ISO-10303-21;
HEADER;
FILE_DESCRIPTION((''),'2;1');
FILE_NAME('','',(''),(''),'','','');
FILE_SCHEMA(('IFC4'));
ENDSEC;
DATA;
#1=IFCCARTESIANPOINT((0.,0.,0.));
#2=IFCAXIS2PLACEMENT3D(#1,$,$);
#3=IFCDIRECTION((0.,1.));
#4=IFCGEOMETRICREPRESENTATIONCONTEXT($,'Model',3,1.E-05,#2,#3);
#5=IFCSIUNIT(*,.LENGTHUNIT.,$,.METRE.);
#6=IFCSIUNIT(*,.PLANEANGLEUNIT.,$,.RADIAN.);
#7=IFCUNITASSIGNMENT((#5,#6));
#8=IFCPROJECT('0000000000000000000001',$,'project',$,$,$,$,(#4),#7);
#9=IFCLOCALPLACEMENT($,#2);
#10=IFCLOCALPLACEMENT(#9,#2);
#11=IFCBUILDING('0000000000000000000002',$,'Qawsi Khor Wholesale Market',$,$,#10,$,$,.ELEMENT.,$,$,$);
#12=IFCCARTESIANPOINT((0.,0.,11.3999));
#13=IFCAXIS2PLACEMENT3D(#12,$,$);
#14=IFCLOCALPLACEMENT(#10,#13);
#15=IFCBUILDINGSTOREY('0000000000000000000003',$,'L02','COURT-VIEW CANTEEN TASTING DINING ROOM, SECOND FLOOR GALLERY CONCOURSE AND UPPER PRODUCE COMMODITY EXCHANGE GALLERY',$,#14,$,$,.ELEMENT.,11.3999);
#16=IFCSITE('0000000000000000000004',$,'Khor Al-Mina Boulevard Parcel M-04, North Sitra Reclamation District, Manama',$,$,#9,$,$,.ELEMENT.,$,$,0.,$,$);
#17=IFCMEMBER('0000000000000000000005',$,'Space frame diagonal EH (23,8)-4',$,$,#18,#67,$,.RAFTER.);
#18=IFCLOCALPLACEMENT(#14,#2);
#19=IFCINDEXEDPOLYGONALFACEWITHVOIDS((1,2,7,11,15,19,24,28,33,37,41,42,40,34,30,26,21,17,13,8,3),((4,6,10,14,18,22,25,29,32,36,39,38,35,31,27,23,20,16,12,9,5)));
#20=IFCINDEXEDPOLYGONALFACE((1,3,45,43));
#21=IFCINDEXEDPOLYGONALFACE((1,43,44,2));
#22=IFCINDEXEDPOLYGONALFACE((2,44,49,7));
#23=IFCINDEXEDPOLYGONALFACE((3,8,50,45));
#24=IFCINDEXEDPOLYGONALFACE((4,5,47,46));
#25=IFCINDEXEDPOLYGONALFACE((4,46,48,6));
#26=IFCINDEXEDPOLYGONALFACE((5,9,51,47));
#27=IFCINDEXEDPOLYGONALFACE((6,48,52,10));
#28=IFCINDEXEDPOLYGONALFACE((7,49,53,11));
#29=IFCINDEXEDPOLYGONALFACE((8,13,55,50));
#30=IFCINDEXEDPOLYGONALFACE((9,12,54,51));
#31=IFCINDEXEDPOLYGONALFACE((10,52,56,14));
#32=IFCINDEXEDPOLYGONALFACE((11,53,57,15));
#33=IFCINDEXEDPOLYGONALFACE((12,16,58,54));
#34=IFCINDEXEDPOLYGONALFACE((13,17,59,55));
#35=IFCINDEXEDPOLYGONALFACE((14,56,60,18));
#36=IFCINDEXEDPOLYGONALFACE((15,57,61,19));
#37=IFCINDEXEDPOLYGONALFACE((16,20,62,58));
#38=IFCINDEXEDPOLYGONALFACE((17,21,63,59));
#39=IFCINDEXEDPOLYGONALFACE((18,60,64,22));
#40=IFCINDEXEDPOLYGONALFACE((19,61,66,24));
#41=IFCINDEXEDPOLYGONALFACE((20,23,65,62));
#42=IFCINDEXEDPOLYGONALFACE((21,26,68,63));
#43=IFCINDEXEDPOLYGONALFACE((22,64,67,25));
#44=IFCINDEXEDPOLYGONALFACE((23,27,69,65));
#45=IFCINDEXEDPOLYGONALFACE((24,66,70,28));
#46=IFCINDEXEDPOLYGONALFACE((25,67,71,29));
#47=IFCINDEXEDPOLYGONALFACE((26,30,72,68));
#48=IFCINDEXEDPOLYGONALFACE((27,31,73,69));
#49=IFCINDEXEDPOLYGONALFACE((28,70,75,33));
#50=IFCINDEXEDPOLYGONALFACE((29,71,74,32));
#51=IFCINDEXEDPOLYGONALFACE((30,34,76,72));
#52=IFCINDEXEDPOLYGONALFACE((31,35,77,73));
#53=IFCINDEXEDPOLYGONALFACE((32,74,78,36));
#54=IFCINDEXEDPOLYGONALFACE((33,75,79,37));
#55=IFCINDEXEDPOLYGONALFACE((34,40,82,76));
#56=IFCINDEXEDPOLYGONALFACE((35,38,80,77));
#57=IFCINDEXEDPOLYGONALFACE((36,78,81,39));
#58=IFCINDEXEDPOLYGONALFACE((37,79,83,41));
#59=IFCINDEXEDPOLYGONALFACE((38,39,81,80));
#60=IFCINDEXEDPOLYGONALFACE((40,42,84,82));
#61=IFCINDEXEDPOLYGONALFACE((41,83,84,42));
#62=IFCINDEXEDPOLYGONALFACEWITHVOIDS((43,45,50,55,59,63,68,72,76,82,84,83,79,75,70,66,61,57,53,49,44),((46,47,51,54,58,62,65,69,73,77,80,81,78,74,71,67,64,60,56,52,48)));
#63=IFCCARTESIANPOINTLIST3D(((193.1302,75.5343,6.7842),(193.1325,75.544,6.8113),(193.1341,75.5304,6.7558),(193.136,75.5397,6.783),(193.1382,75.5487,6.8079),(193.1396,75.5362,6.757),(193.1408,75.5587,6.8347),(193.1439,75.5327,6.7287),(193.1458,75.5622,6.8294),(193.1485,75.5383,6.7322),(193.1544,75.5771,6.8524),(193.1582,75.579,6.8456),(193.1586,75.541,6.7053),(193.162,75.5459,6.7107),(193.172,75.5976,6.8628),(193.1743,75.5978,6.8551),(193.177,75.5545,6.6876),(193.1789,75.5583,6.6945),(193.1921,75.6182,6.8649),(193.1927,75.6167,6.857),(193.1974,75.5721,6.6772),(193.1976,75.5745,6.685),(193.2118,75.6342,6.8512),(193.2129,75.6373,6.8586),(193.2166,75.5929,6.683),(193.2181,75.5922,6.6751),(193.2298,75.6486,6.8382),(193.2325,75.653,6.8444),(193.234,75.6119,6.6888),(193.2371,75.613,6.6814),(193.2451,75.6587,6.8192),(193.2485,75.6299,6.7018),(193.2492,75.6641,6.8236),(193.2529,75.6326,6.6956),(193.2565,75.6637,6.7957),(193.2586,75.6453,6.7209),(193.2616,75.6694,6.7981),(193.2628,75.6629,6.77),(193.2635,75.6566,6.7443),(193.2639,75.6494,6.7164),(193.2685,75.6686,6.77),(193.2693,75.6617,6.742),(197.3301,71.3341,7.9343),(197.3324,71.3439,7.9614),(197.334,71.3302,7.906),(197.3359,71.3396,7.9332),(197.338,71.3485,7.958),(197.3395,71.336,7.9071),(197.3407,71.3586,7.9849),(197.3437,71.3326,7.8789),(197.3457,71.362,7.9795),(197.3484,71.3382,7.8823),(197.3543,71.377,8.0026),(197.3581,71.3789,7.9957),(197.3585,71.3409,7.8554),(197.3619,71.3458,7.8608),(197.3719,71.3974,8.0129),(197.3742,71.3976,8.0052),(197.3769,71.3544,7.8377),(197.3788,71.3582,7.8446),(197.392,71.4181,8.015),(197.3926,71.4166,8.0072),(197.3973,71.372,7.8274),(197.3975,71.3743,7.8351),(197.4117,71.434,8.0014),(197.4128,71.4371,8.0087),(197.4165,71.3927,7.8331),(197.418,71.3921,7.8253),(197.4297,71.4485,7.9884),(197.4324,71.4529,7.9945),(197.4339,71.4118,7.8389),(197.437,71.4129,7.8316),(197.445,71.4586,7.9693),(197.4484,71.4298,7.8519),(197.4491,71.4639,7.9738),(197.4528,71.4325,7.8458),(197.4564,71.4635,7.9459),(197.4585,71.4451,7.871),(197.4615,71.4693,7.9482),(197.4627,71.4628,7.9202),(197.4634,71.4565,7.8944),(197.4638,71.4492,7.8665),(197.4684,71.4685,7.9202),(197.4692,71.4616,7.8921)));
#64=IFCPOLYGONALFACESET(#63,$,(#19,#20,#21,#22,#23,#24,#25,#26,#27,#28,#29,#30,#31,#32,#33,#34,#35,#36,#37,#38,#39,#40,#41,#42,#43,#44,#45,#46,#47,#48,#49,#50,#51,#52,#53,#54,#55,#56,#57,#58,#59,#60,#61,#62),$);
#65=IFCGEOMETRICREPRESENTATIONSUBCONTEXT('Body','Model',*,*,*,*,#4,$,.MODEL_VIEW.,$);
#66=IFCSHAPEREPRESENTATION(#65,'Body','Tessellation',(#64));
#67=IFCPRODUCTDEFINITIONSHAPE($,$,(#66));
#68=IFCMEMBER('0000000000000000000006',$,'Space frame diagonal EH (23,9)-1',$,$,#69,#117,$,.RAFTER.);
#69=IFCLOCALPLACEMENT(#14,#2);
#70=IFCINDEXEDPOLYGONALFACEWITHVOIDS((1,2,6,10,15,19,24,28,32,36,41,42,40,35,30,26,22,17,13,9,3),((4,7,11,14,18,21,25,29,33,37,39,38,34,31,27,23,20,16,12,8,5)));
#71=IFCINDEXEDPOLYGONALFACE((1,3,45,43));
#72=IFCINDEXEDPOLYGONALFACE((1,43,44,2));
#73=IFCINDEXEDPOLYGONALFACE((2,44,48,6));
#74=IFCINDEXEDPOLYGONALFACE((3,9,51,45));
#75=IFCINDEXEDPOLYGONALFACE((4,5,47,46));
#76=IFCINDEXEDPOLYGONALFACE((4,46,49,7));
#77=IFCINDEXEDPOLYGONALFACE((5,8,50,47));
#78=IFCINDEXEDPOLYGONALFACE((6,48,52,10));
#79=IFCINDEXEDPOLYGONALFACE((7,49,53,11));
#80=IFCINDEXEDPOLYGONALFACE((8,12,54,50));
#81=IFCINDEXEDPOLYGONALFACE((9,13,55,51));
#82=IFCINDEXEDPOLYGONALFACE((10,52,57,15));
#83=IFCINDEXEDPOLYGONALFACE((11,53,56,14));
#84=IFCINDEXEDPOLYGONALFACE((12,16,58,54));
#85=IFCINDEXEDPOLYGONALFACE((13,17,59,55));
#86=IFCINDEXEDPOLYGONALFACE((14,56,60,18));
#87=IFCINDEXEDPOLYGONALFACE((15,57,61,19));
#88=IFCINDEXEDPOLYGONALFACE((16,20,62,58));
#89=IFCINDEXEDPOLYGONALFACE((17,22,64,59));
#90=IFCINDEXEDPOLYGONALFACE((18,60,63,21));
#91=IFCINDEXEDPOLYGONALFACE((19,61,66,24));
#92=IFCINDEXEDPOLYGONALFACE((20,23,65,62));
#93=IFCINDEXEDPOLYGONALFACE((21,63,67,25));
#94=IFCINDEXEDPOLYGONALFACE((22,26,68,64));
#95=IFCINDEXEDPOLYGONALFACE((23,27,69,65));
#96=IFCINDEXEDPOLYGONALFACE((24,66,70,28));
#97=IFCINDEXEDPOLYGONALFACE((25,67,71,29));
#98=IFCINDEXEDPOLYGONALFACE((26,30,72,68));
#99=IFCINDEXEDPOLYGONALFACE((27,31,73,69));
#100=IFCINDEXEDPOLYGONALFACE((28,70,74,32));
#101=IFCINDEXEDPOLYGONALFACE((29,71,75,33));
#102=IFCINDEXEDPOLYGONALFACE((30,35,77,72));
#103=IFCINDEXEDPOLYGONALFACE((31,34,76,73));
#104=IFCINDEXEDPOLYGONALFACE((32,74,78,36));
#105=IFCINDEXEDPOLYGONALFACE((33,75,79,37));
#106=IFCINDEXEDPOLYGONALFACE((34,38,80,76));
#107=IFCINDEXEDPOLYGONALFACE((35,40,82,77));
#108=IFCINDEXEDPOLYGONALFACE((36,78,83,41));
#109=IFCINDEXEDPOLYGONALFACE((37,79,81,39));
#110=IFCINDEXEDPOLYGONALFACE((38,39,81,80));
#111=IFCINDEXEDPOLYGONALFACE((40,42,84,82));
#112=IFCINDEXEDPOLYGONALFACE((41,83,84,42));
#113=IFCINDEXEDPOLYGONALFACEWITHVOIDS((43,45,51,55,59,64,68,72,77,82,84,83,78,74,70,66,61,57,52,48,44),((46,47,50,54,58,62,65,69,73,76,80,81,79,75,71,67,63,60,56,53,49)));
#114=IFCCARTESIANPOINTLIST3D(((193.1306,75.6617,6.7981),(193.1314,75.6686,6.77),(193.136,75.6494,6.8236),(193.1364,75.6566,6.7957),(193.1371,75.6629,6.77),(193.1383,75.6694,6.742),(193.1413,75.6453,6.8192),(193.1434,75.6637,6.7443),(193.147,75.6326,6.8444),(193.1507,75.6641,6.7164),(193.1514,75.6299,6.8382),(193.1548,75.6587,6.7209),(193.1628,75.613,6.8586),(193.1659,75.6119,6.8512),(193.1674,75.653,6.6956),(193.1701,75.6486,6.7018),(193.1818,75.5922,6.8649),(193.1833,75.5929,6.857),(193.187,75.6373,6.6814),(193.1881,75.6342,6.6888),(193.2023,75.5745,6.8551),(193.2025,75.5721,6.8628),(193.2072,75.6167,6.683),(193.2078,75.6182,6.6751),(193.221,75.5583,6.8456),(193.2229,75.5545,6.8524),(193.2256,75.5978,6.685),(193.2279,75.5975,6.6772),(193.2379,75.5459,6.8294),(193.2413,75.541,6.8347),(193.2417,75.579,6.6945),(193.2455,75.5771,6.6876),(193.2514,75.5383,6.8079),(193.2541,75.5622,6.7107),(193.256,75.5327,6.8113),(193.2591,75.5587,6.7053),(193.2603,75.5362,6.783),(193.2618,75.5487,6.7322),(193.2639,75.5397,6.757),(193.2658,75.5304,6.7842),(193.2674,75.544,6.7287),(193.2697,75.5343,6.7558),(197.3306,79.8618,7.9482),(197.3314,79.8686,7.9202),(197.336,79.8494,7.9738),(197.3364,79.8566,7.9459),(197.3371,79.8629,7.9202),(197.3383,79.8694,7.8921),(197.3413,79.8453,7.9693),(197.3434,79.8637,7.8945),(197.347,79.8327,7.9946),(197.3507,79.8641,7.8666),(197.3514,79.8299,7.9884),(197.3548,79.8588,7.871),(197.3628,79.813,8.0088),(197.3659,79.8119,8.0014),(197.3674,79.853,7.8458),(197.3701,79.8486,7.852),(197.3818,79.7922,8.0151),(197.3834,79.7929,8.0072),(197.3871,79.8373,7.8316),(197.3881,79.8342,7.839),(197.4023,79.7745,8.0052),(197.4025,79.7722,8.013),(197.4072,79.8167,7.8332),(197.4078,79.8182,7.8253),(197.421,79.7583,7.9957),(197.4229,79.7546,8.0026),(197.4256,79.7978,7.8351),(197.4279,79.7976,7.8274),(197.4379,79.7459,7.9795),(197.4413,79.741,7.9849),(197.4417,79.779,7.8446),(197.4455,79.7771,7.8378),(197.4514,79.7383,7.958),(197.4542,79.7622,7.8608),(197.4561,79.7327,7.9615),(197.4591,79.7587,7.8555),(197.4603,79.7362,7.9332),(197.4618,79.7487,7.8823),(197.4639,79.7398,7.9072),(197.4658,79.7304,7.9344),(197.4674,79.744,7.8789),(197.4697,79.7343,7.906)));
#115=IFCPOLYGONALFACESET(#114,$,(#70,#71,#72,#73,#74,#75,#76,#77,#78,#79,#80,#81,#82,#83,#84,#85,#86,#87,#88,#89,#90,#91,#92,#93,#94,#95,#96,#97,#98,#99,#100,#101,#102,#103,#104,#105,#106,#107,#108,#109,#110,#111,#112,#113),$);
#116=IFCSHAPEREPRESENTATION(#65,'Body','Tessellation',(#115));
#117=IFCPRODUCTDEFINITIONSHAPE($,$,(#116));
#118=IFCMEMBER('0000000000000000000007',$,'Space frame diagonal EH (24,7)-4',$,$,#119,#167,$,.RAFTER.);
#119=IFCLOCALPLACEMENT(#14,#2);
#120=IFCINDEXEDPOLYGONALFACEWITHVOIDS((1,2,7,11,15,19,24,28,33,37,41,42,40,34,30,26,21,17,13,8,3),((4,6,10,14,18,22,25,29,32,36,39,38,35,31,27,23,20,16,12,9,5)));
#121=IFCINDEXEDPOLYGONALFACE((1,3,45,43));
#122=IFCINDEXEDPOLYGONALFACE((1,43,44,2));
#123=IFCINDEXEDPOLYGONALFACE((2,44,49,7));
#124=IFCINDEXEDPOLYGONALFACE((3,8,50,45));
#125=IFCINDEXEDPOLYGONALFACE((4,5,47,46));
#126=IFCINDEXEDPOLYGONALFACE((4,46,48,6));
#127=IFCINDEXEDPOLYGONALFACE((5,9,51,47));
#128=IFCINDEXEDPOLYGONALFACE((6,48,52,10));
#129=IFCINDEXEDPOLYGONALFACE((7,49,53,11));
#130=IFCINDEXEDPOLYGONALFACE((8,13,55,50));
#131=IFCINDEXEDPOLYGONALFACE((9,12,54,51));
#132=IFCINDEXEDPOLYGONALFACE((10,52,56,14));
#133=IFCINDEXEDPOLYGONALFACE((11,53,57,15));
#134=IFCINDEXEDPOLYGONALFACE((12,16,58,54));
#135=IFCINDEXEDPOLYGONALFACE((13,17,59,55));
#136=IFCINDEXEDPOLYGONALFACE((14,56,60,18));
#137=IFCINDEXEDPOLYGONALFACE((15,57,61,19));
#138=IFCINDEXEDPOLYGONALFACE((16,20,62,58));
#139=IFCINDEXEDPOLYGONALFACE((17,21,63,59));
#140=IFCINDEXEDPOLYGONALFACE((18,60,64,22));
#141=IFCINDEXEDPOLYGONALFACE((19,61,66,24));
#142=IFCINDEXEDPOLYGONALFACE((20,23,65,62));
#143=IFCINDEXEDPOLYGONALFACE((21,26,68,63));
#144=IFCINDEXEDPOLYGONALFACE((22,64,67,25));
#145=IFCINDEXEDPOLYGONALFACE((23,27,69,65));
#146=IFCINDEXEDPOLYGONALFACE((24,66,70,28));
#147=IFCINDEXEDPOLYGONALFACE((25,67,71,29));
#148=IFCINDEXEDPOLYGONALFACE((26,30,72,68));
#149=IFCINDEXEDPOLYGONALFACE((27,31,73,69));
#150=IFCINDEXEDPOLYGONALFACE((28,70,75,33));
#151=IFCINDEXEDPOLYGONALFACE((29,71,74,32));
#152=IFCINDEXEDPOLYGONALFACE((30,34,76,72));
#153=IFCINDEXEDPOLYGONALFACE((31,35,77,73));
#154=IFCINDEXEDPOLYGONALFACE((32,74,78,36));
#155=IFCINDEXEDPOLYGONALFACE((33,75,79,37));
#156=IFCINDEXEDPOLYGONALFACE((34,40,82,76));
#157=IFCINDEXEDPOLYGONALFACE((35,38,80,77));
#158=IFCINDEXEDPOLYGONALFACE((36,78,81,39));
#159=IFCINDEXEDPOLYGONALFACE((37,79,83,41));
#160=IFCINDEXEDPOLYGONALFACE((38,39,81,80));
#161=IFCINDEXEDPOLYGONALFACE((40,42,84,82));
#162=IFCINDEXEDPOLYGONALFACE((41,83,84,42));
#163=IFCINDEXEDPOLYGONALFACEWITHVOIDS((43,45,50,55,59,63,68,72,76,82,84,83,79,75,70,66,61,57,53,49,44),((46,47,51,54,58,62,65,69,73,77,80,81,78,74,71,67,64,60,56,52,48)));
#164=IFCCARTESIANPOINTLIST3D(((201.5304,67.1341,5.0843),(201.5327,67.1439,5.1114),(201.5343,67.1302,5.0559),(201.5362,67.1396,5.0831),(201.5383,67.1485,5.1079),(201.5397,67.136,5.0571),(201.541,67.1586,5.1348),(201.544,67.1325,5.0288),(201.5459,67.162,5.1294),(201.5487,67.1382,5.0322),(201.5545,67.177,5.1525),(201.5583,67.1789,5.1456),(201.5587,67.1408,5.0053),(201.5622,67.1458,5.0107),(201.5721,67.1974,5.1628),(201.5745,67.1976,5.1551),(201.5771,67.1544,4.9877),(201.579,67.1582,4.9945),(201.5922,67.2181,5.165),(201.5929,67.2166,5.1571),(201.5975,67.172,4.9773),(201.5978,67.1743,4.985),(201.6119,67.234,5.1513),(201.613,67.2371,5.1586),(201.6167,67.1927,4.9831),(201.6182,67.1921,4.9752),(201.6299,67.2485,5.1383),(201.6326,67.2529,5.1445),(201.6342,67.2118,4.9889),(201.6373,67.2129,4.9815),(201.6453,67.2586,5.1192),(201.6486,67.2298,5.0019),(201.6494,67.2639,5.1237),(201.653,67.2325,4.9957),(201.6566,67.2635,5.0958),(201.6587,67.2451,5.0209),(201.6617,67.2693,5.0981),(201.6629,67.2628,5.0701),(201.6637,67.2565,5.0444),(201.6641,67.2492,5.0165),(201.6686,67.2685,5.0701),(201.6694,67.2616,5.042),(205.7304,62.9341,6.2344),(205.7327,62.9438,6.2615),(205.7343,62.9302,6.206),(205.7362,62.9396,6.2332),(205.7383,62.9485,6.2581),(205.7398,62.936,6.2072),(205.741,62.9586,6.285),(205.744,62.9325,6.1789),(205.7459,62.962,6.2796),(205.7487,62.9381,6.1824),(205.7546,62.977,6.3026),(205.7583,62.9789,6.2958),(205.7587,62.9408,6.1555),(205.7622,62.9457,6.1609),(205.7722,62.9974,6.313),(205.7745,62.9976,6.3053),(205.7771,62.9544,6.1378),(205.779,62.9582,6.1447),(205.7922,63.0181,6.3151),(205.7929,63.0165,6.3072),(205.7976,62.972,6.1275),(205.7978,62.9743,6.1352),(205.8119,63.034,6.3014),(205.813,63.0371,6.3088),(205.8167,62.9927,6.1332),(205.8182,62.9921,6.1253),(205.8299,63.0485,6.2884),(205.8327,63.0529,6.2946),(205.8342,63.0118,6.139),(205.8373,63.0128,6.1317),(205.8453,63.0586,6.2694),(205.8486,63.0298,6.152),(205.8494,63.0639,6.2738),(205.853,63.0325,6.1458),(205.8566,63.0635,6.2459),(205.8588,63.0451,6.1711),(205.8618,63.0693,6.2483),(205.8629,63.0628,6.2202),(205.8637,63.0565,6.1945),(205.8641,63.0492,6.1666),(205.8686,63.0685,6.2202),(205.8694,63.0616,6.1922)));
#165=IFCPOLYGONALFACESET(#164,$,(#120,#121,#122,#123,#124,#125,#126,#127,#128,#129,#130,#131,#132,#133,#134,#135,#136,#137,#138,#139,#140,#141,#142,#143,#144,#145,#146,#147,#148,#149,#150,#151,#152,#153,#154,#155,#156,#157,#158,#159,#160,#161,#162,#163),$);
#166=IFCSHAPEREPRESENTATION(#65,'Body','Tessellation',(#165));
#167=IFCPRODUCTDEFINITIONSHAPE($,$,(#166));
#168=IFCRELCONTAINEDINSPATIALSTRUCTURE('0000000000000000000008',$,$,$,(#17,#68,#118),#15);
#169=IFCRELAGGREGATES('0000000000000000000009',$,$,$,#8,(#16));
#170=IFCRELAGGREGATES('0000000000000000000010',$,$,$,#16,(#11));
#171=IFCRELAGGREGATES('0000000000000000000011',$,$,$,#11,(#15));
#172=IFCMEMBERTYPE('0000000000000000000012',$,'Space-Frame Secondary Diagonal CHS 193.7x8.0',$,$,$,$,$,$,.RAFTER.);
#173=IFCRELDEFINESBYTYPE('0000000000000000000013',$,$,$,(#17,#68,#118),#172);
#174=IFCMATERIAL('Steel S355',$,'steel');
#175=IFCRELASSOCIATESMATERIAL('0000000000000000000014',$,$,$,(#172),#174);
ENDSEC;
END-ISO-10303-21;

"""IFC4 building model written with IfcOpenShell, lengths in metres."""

from ifc_helpers import new_model, si_unit, direction, frame, origin, origin_2d, place, context, subcontext, project, spatial, hollow_circle, extrude, material, material_profile, profile_set, type_object, element, save


model = new_model("IFC4")

# Units and contexts
model_context = context("Model", 3, precision=1e-05, world=origin(), true_north=direction((0.0, 1.0)))
body_context = subcontext(model_context, "Body", "Model", "MODEL_VIEW")
ifc_project = project(units=[si_unit("LENGTHUNIT", "METRE"), si_unit("PLANEANGLEUNIT", "RADIAN")], contexts=[model_context])

# Site, building, storey
site_placement = place(None, origin())
site = spatial("IfcSite", under=ifc_project, at=site_placement, Name="Khor Al-Mina Boulevard Parcel M-04, North Sitra Reclamation District, Manama", CompositionType="ELEMENT", RefElevation=0.0)
building_placement = place(site_placement, origin())
building = spatial("IfcBuilding", under=site, at=building_placement, Name="Qawsi Khor Wholesale Market", CompositionType="ELEMENT")
storey_placement = place(building_placement, frame((0.0, 0.0, 11.3999)))
storey = spatial("IfcBuildingStorey", under=building, at=storey_placement, Name="L02", Description="COURT-VIEW CANTEEN TASTING DINING ROOM, SECOND FLOOR GALLERY CONCOURSE AND UPPER PRODUCE COMMODITY EXCHANGE GALLERY", CompositionType="ELEMENT", Elevation=11.3999)

# Members
ifc_material_1 = material(Name="Steel S355", Category="steel")
ifc_material_profile_1 = material_profile(ifc_material_1, hollow_circle(Radius=0.0969, WallThickness=0.0081, at=origin_2d()), Name="CHS 193.7x8.0")
ifc_profile_set_1 = profile_set([ifc_material_profile_1], Name="Steel S355")
member_type_1 = type_object("IfcMemberType", Name="Space-Frame Secondary Diagonal CHS 193.7x8.0", PredefinedType="RAFTER", material=ifc_profile_set_1)
for number, where, z_axis, x_axis, name in (
    (1, (193.2, 75.6001, 6.77), (0.694192, -0.694232, 0.190103), (0.707127, 0.707086, 0.0), "Space frame diagonal EH (23,8)-4"),
    (2, (193.2, 75.6001, 6.77), (0.694211, 0.694211, 0.190108), (-0.707107, 0.707107, 0.0), "Space frame diagonal EH (23,9)-1"),
    (3, (201.6001, 67.2, 5.0701), (0.694211, -0.694211, 0.190108), (0.707107, 0.707107, 0.0), "Space frame diagonal EH (24,7)-4"),
):
    element("IfcMember", number, at=place(storey_placement, frame(where, z_axis=z_axis, x_axis=x_axis)), inside=storey, type_object=member_type_1, Name=name, PredefinedType="RAFTER", context=body_context, shape_type="SweptSolid", body=[
        extrude(hollow_circle(Radius=0.0969, WallThickness=0.0081, at=origin_2d()), origin(), (0.0, 0.0, 1.0), 6.05),
    ])

save(model, "model.ifc")
